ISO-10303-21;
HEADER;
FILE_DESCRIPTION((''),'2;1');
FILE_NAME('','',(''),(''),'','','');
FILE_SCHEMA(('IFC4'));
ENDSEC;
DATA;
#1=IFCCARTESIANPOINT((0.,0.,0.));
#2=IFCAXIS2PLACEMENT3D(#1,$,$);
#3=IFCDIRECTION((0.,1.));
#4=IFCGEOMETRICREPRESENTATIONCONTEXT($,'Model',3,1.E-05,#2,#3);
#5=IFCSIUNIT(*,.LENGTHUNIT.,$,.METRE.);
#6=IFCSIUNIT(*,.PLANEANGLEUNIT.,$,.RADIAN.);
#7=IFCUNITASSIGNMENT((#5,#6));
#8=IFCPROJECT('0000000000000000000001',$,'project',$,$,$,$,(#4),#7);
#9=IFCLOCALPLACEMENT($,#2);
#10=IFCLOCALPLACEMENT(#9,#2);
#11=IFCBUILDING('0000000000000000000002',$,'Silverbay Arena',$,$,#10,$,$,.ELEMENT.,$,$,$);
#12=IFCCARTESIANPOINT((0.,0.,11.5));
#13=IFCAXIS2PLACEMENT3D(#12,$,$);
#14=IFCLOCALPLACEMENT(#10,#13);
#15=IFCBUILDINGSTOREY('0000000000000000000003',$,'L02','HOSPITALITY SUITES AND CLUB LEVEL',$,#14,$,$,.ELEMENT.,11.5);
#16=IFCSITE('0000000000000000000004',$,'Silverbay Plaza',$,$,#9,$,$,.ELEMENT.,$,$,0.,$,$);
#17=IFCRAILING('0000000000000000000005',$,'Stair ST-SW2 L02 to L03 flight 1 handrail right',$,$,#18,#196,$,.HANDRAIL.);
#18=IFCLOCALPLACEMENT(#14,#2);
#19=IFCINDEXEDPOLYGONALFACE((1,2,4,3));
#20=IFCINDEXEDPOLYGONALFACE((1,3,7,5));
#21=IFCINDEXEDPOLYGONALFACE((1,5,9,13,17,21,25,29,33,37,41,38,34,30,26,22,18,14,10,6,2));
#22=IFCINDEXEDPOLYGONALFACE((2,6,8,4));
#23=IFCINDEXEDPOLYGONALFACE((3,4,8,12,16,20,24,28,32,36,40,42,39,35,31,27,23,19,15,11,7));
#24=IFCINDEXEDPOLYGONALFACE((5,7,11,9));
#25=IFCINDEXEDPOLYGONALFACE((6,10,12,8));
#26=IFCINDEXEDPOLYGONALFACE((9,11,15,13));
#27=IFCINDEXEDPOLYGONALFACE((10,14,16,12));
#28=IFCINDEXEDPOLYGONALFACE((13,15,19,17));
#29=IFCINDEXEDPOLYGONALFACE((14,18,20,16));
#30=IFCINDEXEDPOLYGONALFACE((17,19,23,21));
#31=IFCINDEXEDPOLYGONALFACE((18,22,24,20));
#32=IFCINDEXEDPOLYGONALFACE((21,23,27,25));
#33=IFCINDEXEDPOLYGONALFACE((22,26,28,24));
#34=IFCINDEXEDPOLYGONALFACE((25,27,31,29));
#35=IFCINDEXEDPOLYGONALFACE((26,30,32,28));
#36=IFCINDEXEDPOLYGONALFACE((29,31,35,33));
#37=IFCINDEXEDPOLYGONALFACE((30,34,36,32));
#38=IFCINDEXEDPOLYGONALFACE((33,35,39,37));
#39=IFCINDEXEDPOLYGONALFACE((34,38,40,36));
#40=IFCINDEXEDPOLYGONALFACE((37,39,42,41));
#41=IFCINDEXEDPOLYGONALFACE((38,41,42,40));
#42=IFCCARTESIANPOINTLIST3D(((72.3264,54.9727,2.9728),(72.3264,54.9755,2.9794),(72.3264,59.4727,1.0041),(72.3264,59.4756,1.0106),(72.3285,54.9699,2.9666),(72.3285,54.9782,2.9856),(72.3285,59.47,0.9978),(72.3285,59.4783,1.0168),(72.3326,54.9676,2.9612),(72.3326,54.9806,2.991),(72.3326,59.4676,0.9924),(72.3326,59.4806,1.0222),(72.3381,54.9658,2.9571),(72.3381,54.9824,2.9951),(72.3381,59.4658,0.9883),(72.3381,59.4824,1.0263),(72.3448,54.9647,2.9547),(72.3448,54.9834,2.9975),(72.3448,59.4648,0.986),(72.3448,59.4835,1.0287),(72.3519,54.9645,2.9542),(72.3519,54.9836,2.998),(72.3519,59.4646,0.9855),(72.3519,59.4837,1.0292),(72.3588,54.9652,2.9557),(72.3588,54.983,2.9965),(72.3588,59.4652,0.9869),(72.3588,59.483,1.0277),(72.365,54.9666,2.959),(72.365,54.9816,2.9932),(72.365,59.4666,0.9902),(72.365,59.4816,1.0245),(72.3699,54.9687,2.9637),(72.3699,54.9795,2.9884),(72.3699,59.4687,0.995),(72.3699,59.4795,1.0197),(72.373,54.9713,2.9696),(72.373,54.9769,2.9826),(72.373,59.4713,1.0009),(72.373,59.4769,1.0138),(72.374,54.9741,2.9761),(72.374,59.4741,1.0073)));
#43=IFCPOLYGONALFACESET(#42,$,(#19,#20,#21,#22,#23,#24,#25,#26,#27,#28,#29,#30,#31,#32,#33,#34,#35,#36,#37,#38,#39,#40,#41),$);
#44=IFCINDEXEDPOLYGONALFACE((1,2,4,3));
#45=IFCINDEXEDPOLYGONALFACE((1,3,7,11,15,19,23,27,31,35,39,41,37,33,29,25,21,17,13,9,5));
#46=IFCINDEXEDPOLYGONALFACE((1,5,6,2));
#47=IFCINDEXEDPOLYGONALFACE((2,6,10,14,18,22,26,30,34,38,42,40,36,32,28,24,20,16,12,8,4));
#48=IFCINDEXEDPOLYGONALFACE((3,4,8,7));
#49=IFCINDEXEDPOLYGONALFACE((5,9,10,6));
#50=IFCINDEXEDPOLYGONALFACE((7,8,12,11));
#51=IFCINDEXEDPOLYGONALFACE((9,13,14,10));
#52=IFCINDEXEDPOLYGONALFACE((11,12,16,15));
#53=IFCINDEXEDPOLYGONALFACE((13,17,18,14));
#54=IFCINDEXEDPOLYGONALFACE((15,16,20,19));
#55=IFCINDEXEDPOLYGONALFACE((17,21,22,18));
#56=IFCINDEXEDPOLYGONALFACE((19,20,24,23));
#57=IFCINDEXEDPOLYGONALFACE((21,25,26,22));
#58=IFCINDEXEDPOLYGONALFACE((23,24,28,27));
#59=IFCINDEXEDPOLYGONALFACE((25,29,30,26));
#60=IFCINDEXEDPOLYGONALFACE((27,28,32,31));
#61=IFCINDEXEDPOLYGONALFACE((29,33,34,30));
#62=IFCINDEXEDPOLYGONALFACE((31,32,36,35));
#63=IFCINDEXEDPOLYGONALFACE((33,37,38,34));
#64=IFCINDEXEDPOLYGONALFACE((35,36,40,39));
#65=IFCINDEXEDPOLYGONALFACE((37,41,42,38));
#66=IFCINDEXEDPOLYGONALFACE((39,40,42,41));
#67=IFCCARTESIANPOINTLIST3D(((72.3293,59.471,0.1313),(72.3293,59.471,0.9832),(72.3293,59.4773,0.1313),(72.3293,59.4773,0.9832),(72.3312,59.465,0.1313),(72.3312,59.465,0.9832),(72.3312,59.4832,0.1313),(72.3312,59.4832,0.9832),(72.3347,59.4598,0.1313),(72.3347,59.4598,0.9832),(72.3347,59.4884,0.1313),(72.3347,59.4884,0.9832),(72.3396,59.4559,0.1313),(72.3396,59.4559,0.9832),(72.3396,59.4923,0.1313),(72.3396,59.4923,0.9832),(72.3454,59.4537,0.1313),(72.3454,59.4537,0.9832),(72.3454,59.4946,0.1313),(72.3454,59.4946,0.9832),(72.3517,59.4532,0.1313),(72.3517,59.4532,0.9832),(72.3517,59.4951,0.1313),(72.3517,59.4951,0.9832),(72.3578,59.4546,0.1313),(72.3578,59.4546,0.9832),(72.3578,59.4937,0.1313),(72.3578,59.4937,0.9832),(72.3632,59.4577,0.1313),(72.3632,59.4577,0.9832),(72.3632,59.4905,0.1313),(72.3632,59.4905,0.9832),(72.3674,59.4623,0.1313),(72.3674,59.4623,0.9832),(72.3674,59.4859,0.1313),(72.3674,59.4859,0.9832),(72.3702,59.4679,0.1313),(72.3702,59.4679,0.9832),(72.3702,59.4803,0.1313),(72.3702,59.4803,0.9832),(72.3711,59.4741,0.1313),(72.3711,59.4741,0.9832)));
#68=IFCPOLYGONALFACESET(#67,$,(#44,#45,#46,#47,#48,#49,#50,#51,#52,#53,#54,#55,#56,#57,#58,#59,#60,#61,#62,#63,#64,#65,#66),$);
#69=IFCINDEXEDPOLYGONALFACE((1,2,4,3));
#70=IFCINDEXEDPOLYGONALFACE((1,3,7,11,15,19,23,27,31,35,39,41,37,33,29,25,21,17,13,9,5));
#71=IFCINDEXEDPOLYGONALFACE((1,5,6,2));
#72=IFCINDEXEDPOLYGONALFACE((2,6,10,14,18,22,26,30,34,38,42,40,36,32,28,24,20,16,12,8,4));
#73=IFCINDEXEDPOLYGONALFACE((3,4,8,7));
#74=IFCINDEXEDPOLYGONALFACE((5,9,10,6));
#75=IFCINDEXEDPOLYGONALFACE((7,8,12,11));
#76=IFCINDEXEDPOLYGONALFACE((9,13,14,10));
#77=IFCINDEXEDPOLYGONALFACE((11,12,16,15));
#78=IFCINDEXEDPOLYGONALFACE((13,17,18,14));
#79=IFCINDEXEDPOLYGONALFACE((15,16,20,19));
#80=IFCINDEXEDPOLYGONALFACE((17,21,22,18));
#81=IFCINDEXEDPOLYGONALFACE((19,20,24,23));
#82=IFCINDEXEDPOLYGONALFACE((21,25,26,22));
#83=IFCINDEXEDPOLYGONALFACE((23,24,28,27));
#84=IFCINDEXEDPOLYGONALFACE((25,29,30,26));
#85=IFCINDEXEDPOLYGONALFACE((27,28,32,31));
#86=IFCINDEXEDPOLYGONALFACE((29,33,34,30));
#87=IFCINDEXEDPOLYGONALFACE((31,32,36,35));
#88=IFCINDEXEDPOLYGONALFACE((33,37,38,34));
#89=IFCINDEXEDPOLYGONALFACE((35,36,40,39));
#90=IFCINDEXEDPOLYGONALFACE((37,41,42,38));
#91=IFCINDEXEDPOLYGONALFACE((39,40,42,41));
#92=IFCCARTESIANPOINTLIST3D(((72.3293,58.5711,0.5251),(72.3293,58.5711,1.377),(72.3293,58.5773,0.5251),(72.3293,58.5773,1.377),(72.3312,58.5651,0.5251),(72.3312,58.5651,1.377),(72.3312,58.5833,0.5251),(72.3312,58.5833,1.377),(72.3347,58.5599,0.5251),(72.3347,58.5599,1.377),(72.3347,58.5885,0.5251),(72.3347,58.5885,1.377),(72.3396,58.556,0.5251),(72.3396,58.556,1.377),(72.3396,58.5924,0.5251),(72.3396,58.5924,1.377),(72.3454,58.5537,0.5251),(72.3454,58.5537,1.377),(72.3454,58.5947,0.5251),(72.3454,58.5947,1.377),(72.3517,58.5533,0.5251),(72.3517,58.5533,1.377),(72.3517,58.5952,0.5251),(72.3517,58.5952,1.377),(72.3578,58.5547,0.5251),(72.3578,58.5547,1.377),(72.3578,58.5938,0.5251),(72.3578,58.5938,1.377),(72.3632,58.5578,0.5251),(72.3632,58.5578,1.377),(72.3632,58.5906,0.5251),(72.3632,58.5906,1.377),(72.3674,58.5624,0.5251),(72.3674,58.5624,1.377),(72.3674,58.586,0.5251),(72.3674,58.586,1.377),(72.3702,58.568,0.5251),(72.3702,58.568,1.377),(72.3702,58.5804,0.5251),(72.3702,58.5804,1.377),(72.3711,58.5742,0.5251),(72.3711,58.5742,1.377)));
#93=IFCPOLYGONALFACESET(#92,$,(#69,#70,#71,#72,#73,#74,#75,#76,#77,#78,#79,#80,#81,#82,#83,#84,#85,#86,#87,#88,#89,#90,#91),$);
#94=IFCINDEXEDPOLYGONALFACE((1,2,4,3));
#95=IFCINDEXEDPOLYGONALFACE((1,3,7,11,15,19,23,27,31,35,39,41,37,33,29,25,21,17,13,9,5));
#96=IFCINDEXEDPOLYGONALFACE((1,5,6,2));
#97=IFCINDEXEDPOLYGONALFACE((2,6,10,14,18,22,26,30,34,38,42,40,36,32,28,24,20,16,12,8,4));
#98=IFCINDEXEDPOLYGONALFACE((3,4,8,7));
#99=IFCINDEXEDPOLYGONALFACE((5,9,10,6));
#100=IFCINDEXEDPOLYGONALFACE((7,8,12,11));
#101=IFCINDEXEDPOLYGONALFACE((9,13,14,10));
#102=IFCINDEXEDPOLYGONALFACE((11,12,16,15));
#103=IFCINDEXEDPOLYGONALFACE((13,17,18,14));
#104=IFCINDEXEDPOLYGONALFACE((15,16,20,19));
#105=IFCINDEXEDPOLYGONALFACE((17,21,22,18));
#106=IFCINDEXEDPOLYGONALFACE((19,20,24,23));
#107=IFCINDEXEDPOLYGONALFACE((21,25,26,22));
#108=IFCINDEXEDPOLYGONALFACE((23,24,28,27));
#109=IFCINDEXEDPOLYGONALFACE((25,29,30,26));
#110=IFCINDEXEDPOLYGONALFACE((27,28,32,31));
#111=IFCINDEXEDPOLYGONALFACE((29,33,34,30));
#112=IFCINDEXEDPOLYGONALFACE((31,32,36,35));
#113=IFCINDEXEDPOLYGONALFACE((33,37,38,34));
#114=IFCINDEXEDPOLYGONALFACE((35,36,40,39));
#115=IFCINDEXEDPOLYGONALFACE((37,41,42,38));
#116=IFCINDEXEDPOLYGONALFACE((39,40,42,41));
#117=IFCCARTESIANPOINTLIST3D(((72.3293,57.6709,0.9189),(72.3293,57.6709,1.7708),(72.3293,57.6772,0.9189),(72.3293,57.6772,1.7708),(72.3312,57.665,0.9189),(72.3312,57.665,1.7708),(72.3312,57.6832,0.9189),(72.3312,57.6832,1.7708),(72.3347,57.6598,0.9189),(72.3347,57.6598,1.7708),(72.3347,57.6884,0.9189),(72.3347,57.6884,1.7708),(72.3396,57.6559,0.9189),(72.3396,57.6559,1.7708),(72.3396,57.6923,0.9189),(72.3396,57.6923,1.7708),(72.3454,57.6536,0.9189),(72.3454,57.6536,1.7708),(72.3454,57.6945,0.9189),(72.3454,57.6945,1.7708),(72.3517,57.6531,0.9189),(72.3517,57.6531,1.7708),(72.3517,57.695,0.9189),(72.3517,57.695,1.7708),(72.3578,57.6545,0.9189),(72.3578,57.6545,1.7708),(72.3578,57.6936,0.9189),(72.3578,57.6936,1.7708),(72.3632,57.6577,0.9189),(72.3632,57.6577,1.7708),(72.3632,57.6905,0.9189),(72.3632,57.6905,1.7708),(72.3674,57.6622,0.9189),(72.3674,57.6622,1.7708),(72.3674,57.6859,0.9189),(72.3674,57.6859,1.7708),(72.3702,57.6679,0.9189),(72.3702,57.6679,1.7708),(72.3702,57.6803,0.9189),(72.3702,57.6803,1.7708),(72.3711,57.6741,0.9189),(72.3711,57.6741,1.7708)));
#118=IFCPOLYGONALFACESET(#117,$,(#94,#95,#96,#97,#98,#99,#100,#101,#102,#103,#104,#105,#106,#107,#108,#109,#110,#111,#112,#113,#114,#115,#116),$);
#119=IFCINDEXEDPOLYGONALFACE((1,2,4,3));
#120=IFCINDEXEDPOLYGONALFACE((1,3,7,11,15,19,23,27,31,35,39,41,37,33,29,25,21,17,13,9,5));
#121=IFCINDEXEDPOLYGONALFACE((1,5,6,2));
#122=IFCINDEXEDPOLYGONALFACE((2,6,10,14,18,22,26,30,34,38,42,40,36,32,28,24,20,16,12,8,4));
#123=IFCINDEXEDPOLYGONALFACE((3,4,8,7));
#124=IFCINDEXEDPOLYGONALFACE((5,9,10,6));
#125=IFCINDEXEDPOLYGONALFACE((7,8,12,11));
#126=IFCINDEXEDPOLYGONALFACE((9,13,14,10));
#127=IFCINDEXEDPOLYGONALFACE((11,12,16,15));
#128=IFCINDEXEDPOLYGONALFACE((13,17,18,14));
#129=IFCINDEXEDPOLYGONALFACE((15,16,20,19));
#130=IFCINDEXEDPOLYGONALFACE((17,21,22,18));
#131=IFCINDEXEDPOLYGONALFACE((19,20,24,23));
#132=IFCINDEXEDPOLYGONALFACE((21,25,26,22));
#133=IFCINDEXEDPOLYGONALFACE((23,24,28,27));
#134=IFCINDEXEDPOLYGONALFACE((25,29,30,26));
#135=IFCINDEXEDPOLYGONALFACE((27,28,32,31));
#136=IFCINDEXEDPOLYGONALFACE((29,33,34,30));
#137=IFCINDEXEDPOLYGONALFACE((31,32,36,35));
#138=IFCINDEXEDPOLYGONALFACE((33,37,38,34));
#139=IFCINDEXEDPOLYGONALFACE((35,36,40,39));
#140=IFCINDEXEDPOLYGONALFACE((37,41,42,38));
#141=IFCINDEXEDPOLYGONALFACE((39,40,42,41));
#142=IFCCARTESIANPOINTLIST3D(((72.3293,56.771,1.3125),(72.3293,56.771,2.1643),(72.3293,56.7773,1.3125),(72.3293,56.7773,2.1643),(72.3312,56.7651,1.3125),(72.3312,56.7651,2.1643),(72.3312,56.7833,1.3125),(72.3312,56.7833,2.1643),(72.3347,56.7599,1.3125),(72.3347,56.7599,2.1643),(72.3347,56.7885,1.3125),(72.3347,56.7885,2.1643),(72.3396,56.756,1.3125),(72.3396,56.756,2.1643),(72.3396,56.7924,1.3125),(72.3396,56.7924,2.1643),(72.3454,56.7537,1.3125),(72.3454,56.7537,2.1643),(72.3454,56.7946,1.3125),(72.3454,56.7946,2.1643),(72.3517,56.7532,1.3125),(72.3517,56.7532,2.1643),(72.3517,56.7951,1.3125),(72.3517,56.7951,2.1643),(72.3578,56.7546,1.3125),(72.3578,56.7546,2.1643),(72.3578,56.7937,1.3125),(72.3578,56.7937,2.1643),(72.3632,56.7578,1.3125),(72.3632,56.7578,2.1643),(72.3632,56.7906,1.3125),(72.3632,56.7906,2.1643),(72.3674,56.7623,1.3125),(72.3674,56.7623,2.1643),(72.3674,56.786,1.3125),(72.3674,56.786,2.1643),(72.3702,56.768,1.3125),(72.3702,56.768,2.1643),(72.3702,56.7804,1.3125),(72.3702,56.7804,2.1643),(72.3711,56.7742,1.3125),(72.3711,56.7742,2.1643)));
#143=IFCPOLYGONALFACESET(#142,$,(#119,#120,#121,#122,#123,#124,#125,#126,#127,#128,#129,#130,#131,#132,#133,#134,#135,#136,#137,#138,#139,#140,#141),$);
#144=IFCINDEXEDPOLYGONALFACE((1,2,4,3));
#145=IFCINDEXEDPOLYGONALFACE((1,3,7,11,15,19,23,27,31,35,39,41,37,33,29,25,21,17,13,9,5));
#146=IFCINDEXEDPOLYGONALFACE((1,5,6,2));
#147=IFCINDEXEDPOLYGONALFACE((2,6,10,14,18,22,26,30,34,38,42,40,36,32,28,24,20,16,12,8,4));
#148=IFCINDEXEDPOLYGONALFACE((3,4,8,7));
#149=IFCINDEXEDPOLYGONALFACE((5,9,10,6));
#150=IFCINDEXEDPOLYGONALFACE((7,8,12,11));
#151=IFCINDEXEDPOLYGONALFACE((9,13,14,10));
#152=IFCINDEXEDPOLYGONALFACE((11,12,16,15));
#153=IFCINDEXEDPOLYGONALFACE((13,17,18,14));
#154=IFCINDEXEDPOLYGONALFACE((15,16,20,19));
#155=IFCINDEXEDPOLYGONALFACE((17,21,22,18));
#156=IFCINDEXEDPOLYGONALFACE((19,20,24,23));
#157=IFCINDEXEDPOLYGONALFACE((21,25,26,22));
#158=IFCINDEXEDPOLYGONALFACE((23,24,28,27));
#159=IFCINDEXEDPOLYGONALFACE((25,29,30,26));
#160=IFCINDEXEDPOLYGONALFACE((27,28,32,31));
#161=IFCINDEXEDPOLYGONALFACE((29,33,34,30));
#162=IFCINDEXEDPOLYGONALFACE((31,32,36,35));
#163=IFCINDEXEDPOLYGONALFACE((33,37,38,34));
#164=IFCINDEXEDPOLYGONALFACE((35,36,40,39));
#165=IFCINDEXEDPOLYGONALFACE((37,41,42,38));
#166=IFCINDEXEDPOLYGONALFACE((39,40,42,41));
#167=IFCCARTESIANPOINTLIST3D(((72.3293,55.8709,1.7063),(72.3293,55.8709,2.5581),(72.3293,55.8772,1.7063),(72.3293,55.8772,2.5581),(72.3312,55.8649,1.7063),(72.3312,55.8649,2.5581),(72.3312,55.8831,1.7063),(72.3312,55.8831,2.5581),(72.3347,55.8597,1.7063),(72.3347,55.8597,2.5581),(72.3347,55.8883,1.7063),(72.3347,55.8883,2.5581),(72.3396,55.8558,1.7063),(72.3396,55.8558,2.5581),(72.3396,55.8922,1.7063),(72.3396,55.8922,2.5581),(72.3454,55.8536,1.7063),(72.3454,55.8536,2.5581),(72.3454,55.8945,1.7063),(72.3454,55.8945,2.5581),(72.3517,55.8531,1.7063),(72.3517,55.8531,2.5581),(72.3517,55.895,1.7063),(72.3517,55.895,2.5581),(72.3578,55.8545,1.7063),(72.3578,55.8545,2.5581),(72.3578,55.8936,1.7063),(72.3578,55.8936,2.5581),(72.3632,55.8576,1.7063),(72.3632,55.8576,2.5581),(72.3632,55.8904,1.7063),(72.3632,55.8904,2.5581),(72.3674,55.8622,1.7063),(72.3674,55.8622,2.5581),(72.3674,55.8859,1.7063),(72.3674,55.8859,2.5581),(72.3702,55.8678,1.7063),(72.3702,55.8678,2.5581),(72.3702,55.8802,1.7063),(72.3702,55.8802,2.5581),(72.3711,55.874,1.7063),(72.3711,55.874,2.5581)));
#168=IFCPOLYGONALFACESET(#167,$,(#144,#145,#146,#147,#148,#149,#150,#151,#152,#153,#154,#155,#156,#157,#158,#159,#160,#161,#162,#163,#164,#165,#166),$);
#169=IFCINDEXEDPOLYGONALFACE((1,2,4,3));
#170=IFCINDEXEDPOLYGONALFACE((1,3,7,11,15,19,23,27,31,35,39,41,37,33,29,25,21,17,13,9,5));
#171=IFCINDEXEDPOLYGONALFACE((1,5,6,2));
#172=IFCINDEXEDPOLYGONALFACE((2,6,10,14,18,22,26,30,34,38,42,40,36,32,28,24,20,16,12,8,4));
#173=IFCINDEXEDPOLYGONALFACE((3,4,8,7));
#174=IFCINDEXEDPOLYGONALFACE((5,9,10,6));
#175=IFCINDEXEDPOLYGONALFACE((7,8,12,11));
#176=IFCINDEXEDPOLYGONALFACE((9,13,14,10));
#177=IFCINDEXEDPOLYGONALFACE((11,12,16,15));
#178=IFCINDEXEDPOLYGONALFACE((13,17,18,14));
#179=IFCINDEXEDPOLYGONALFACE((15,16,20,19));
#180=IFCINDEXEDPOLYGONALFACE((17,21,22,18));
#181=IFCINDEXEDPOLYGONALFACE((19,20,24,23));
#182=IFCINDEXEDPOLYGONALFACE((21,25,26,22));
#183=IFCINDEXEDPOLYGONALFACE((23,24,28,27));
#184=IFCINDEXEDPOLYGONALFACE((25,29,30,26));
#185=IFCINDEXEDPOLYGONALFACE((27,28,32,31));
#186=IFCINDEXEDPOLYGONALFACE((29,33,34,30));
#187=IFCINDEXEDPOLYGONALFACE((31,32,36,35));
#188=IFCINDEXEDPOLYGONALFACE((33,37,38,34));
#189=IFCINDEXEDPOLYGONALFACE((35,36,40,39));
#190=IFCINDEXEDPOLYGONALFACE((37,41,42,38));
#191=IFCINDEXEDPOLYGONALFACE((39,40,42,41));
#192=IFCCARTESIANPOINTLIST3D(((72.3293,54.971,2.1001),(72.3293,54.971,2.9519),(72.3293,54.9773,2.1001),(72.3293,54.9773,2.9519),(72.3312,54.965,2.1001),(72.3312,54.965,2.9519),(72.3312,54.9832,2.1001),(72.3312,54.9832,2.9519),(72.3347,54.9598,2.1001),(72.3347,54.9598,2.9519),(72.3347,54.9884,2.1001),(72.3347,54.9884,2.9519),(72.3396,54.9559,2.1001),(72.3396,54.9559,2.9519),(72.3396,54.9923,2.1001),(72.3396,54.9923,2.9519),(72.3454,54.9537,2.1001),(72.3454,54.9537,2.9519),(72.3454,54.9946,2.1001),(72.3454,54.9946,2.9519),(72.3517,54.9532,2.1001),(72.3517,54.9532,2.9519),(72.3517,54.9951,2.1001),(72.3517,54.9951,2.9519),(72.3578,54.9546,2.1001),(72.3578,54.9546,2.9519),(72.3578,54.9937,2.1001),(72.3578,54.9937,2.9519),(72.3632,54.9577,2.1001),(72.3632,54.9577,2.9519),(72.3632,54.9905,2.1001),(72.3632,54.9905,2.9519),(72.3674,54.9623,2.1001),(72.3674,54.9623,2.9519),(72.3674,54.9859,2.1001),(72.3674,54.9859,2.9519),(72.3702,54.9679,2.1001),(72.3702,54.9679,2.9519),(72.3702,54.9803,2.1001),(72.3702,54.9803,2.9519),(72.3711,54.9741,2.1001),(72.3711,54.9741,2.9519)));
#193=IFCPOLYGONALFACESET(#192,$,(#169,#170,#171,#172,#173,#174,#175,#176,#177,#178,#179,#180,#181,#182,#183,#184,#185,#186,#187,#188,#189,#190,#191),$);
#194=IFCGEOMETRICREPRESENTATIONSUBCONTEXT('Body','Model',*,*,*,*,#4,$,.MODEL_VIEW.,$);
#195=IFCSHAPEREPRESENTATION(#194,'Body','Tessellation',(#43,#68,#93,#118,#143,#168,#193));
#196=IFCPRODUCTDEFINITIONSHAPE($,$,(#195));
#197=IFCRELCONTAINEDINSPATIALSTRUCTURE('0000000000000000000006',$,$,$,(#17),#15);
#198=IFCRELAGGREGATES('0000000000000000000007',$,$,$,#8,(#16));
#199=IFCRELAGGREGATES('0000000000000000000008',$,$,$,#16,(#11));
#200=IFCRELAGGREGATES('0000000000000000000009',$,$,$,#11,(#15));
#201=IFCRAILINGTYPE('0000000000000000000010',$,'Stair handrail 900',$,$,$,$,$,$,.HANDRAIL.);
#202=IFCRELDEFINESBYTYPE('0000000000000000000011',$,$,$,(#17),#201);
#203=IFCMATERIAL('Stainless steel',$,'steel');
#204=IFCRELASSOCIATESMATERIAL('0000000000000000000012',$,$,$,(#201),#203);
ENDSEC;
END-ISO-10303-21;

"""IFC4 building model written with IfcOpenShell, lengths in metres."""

from ifc_helpers import new_model, si_unit, direction, frame, origin, origin_2d, place, context, subcontext, project, spatial, circle, extrude, material, type_object, element, save


model = new_model("IFC4")

# Units and contexts
model_context = context("Model", 3, precision=1e-05, world=origin(), true_north=direction((0.0, 1.0)))
body_context = subcontext(model_context, "Body", "Model", "MODEL_VIEW")
ifc_project = project(units=[si_unit("LENGTHUNIT", "METRE"), si_unit("PLANEANGLEUNIT", "RADIAN")], contexts=[model_context])

# Site, building, storey
site_placement = place(None, origin())
site = spatial("IfcSite", under=ifc_project, at=site_placement, Name="Silverbay Plaza", CompositionType="ELEMENT", RefElevation=0.0)
building_placement = place(site_placement, origin())
building = spatial("IfcBuilding", under=site, at=building_placement, Name="Silverbay Arena", CompositionType="ELEMENT")
storey_placement = place(building_placement, frame((0.0, 0.0, 11.5)))
storey = spatial("IfcBuildingStorey", under=building, at=storey_placement, Name="L02", Description="HOSPITALITY SUITES AND CLUB LEVEL", CompositionType="ELEMENT", Elevation=11.5)

# Railing
ifc_material_1 = material(Name="Stainless steel", Category="steel")
railing_type_1 = type_object("IfcRailingType", Name="Stair handrail 900", PredefinedType="HANDRAIL", material=ifc_material_1)
railing_1_placement = place(storey_placement, frame((72.3501, 59.4741, 0.1313)))
element("IfcRailing", 1, at=railing_1_placement, inside=storey, type_object=railing_type_1, Name="Stair ST-SW2 L02 to L03 flight 1 handrail right", PredefinedType="HANDRAIL", context=body_context, shape_type="SweptSolid", body=[
    extrude(circle(Radius=0.0239, at=origin_2d()), frame((0.0, 0.0, 0.876), z_axis=(0.0, -0.916157, 0.400819), x_axis=(1.0, 0.0, 0.0)), (0.0, 0.0, 1.0), 4.9119),
    extrude(circle(Radius=0.021, at=origin_2d()), origin(), (0.0, 0.0, 1.0), 0.8518),
    extrude(circle(Radius=0.021, at=origin_2d()), frame((0.0, -0.8999, 0.3938)), (0.0, 0.0, 1.0), 0.8518),
    extrude(circle(Radius=0.021, at=origin_2d()), frame((0.0, -1.8, 0.7876)), (0.0, 0.0, 1.0), 0.8518),
    extrude(circle(Radius=0.021, at=origin_2d()), frame((0.0, -2.7, 1.1812)), (0.0, 0.0, 1.0), 0.8518),
    extrude(circle(Radius=0.021, at=origin_2d()), frame((0.0, -3.6001, 1.575)), (0.0, 0.0, 1.0), 0.8518),
    extrude(circle(Radius=0.021, at=origin_2d()), frame((0.0, -4.5, 1.9688)), (0.0, 0.0, 1.0), 0.8518),
])

save(model, "model.ifc")
